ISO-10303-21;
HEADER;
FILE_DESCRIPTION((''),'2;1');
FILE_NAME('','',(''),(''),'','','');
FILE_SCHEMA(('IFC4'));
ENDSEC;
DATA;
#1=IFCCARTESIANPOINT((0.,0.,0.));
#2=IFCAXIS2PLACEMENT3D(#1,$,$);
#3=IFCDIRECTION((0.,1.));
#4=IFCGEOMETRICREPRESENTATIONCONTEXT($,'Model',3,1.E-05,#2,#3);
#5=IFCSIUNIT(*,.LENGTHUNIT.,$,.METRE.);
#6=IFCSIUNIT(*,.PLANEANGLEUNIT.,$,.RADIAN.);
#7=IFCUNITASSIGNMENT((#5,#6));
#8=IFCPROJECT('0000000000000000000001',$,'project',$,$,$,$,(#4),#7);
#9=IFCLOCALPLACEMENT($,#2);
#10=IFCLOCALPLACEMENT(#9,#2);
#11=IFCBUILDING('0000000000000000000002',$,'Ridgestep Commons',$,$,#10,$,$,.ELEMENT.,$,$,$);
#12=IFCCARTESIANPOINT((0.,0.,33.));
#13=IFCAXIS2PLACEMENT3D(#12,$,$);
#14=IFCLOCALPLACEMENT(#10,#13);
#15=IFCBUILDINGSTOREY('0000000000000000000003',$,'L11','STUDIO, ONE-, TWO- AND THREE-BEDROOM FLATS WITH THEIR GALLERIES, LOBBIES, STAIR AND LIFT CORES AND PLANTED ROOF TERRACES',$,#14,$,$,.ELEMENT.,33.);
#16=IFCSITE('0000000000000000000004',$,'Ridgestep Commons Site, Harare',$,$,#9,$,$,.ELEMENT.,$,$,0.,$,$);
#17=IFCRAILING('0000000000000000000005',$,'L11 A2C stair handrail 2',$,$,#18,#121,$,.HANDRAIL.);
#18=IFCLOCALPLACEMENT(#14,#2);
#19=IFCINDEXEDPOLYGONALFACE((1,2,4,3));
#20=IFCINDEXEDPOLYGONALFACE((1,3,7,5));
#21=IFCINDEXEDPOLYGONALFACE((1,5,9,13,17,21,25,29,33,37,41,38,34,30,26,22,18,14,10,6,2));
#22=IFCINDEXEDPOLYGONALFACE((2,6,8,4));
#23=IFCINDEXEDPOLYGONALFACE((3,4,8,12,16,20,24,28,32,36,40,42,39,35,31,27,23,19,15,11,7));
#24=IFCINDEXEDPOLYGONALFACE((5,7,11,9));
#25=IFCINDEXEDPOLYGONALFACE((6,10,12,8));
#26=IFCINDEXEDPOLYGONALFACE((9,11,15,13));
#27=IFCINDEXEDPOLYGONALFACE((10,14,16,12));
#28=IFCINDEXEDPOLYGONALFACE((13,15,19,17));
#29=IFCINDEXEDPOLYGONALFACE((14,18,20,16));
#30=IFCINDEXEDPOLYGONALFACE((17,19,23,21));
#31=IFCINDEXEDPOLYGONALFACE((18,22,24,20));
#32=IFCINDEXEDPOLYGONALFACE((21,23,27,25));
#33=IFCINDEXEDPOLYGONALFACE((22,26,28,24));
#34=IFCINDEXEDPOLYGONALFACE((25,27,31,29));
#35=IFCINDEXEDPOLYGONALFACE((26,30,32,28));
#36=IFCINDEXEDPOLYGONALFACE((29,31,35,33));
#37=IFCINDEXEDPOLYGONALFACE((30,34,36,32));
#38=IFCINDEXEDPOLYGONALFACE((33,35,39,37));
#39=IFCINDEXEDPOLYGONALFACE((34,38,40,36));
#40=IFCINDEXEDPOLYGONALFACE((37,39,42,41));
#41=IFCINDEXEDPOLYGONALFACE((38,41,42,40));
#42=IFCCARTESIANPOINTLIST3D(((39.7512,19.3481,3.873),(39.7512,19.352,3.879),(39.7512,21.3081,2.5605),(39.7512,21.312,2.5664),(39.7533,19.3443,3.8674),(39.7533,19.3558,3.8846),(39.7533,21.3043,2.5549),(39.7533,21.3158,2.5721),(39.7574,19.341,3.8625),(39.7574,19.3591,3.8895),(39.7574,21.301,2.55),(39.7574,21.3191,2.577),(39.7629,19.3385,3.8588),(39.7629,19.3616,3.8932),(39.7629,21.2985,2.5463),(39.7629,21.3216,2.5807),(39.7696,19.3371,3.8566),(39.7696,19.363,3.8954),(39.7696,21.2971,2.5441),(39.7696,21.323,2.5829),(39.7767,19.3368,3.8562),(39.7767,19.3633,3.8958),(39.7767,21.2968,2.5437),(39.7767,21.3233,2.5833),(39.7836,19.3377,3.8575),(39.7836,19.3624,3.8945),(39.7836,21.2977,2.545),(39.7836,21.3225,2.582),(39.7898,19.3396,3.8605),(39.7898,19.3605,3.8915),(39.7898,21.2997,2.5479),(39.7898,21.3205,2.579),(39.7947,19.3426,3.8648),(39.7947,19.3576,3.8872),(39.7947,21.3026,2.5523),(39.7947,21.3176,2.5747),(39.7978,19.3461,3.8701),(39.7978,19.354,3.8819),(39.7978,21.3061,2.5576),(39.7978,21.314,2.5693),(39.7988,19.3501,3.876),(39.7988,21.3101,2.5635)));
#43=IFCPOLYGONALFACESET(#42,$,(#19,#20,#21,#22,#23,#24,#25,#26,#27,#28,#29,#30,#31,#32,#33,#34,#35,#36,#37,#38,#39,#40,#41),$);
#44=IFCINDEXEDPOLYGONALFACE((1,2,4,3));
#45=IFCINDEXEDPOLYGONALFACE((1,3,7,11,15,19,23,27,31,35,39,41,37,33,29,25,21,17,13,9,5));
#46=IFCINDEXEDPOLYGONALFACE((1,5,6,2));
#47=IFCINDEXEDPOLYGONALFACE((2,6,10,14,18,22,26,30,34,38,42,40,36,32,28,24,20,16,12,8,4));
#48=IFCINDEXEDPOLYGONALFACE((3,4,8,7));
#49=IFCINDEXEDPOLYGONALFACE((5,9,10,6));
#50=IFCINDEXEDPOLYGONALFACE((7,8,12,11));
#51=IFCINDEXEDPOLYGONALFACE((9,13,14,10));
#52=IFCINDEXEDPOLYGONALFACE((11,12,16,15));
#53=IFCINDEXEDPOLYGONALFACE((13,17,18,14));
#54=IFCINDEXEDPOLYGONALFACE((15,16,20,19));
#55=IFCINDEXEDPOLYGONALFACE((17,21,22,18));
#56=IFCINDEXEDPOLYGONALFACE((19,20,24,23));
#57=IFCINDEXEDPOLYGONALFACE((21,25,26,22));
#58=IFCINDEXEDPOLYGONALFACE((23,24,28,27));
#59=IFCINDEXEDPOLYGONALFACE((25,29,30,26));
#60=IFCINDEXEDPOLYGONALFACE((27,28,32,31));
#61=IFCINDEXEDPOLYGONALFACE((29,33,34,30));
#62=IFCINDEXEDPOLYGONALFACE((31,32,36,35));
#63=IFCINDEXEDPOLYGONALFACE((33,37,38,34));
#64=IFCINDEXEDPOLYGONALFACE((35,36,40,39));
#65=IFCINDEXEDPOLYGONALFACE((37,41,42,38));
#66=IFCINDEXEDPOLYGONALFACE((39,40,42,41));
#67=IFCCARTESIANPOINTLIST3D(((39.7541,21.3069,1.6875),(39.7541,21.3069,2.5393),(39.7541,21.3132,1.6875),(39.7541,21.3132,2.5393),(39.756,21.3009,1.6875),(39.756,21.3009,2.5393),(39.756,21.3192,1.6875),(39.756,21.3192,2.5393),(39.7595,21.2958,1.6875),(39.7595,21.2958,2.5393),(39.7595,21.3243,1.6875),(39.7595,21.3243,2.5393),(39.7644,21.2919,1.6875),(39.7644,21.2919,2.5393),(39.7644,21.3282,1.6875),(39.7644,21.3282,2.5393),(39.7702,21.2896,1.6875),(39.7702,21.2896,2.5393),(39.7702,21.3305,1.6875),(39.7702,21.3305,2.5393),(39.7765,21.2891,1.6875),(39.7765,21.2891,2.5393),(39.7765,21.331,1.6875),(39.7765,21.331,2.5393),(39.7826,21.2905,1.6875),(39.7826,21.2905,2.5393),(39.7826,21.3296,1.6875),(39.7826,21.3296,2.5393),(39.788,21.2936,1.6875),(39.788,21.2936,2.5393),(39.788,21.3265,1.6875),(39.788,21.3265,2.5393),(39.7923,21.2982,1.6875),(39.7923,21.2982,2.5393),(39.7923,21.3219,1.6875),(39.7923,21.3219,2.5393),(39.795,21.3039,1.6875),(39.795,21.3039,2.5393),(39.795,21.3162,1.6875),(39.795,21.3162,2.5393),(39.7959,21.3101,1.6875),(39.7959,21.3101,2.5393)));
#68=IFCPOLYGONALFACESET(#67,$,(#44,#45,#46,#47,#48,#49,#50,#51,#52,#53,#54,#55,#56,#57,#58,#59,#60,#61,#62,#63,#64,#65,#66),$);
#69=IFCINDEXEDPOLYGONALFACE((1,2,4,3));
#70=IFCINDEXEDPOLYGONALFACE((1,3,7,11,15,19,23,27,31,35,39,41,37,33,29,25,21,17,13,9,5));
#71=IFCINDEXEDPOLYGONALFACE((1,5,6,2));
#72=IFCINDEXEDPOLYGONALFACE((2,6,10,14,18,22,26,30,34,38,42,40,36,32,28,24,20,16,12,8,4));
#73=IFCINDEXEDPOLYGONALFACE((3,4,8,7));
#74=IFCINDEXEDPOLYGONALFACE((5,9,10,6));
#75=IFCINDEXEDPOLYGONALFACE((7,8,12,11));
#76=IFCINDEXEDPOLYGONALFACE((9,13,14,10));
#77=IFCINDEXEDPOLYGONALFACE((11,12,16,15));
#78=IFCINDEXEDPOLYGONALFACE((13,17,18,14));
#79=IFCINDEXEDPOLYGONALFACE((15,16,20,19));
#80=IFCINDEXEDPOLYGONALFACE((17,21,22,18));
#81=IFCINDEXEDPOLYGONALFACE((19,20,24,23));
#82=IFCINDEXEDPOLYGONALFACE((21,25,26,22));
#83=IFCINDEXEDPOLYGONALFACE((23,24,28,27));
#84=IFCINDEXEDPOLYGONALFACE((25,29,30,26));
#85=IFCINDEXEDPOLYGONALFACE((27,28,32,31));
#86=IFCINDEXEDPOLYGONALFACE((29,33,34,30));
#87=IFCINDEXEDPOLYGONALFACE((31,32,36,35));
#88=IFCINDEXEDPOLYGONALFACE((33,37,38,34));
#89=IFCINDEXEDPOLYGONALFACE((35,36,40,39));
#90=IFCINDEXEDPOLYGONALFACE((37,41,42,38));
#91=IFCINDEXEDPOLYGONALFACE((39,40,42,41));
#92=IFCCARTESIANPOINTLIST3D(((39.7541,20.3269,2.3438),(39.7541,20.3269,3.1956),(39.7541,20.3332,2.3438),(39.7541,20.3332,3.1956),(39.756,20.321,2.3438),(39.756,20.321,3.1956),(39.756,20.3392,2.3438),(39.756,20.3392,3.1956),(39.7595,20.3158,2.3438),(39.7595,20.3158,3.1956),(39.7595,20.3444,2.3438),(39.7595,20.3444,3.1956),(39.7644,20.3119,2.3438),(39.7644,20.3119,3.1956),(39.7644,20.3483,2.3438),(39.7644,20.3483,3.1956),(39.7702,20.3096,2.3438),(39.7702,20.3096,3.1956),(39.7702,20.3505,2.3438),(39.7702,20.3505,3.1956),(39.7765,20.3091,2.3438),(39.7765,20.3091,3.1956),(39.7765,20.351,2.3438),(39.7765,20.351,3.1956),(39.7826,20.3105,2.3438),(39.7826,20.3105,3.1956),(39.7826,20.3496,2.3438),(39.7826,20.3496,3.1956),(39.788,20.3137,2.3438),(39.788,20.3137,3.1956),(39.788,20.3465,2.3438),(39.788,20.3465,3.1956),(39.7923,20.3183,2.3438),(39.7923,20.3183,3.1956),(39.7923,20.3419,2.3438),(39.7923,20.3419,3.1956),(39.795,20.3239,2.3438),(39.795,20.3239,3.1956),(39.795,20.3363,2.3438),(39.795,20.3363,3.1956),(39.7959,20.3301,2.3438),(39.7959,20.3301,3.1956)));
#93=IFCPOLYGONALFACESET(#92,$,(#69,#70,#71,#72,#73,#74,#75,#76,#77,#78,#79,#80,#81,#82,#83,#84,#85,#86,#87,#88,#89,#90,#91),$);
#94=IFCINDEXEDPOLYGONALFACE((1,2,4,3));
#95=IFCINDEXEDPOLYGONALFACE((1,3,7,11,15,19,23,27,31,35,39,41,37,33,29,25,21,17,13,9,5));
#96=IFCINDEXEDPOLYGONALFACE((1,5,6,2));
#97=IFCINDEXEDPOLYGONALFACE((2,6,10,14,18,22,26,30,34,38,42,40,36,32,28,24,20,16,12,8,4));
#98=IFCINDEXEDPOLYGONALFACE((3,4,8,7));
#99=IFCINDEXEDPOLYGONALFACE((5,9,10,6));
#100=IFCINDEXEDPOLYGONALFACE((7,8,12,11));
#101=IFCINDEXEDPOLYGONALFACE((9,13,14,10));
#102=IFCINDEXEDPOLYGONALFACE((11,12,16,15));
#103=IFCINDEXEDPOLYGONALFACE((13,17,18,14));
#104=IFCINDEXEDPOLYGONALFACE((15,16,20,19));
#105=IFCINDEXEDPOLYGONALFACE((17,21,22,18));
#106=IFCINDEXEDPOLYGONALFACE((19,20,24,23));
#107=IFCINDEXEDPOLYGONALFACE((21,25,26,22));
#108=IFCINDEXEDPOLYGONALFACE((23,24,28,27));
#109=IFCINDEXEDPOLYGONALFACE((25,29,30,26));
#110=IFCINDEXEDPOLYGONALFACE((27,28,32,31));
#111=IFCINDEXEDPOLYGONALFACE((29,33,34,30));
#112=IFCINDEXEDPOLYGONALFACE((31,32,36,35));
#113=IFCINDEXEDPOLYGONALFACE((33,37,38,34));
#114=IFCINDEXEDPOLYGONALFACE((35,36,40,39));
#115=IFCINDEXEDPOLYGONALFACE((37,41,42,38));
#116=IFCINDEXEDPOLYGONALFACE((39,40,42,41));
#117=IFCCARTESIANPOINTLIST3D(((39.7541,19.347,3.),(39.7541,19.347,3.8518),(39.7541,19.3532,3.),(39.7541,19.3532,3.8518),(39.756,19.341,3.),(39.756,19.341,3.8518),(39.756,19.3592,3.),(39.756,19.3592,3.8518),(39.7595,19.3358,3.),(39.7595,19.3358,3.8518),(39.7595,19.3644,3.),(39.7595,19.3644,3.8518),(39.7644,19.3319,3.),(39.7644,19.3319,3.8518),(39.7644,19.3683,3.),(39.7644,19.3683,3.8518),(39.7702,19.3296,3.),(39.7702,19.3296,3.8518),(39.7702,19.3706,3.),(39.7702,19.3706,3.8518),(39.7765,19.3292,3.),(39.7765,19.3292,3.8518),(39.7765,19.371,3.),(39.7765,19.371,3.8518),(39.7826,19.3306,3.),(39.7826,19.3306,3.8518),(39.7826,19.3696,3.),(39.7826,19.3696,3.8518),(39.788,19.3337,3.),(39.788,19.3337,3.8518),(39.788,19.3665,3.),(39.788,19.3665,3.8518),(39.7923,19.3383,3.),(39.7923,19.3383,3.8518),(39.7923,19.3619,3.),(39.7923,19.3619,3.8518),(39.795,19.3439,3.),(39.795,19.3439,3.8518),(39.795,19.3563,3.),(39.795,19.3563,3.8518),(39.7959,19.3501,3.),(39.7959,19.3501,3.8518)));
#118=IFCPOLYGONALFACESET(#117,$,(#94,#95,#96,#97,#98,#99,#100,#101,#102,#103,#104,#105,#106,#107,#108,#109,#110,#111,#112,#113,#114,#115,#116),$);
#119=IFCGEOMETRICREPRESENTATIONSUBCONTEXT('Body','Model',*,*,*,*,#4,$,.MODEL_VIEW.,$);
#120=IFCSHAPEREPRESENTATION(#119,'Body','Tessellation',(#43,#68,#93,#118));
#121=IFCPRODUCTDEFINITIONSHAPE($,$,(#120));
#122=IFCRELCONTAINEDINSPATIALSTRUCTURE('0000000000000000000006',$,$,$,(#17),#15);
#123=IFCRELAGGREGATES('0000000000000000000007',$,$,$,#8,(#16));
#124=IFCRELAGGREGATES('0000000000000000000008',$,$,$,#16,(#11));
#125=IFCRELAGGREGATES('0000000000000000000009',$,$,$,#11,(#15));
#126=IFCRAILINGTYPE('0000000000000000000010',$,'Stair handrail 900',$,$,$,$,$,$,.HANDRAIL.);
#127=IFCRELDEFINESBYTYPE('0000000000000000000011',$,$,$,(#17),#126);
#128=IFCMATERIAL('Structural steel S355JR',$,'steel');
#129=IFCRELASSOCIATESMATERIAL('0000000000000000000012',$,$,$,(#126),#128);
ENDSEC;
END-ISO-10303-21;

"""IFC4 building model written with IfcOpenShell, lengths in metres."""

from ifc_helpers import new_model, si_unit, direction, frame, origin, origin_2d, place, context, subcontext, project, spatial, circle, extrude, material, type_object, element, save


model = new_model("IFC4")

# Units and contexts
model_context = context("Model", 3, precision=1e-05, world=origin(), true_north=direction((0.0, 1.0)))
body_context = subcontext(model_context, "Body", "Model", "MODEL_VIEW")
ifc_project = project(units=[si_unit("LENGTHUNIT", "METRE"), si_unit("PLANEANGLEUNIT", "RADIAN")], contexts=[model_context])

# Site, building, storey
site_placement = place(None, origin())
site = spatial("IfcSite", under=ifc_project, at=site_placement, Name="Ridgestep Commons Site, Harare", CompositionType="ELEMENT", RefElevation=0.0)
building_placement = place(site_placement, origin())
building = spatial("IfcBuilding", under=site, at=building_placement, Name="Ridgestep Commons", CompositionType="ELEMENT")
storey_placement = place(building_placement, frame((0.0, 0.0, 33.0)))
storey = spatial("IfcBuildingStorey", under=building, at=storey_placement, Name="L11", Description="STUDIO, ONE-, TWO- AND THREE-BEDROOM FLATS WITH THEIR GALLERIES, LOBBIES, STAIR AND LIFT CORES AND PLANTED ROOF TERRACES", CompositionType="ELEMENT", Elevation=33.0)

# Railing
ifc_material_1 = material(Name="Structural steel S355JR", Category="steel")
railing_type_1 = type_object("IfcRailingType", Name="Stair handrail 900", PredefinedType="HANDRAIL", material=ifc_material_1)
railing_1_placement = place(storey_placement, frame((39.7749, 21.3101, 1.6875)))
element("IfcRailing", 1, at=railing_1_placement, inside=storey, type_object=railing_type_1, Name="L11 A2C stair handrail 2", PredefinedType="HANDRAIL", context=body_context, shape_type="SweptSolid", body=[
    extrude(circle(Radius=0.0239, at=origin_2d()), frame((0.0, 0.0, 0.876), z_axis=(0.0, -0.830902, 0.556419), x_axis=(1.0, 0.0, 0.0)), (0.0, 0.0, 1.0), 2.3589),
    extrude(circle(Radius=0.021, at=origin_2d()), origin(), (0.0, 0.0, 1.0), 0.8518),
    extrude(circle(Radius=0.021, at=origin_2d()), frame((0.0, -0.98, 0.6562)), (0.0, 0.0, 1.0), 0.8518),
    extrude(circle(Radius=0.021, at=origin_2d()), frame((0.0, -1.96, 1.3125)), (0.0, 0.0, 1.0), 0.8518),
])

save(model, "model.ifc")
